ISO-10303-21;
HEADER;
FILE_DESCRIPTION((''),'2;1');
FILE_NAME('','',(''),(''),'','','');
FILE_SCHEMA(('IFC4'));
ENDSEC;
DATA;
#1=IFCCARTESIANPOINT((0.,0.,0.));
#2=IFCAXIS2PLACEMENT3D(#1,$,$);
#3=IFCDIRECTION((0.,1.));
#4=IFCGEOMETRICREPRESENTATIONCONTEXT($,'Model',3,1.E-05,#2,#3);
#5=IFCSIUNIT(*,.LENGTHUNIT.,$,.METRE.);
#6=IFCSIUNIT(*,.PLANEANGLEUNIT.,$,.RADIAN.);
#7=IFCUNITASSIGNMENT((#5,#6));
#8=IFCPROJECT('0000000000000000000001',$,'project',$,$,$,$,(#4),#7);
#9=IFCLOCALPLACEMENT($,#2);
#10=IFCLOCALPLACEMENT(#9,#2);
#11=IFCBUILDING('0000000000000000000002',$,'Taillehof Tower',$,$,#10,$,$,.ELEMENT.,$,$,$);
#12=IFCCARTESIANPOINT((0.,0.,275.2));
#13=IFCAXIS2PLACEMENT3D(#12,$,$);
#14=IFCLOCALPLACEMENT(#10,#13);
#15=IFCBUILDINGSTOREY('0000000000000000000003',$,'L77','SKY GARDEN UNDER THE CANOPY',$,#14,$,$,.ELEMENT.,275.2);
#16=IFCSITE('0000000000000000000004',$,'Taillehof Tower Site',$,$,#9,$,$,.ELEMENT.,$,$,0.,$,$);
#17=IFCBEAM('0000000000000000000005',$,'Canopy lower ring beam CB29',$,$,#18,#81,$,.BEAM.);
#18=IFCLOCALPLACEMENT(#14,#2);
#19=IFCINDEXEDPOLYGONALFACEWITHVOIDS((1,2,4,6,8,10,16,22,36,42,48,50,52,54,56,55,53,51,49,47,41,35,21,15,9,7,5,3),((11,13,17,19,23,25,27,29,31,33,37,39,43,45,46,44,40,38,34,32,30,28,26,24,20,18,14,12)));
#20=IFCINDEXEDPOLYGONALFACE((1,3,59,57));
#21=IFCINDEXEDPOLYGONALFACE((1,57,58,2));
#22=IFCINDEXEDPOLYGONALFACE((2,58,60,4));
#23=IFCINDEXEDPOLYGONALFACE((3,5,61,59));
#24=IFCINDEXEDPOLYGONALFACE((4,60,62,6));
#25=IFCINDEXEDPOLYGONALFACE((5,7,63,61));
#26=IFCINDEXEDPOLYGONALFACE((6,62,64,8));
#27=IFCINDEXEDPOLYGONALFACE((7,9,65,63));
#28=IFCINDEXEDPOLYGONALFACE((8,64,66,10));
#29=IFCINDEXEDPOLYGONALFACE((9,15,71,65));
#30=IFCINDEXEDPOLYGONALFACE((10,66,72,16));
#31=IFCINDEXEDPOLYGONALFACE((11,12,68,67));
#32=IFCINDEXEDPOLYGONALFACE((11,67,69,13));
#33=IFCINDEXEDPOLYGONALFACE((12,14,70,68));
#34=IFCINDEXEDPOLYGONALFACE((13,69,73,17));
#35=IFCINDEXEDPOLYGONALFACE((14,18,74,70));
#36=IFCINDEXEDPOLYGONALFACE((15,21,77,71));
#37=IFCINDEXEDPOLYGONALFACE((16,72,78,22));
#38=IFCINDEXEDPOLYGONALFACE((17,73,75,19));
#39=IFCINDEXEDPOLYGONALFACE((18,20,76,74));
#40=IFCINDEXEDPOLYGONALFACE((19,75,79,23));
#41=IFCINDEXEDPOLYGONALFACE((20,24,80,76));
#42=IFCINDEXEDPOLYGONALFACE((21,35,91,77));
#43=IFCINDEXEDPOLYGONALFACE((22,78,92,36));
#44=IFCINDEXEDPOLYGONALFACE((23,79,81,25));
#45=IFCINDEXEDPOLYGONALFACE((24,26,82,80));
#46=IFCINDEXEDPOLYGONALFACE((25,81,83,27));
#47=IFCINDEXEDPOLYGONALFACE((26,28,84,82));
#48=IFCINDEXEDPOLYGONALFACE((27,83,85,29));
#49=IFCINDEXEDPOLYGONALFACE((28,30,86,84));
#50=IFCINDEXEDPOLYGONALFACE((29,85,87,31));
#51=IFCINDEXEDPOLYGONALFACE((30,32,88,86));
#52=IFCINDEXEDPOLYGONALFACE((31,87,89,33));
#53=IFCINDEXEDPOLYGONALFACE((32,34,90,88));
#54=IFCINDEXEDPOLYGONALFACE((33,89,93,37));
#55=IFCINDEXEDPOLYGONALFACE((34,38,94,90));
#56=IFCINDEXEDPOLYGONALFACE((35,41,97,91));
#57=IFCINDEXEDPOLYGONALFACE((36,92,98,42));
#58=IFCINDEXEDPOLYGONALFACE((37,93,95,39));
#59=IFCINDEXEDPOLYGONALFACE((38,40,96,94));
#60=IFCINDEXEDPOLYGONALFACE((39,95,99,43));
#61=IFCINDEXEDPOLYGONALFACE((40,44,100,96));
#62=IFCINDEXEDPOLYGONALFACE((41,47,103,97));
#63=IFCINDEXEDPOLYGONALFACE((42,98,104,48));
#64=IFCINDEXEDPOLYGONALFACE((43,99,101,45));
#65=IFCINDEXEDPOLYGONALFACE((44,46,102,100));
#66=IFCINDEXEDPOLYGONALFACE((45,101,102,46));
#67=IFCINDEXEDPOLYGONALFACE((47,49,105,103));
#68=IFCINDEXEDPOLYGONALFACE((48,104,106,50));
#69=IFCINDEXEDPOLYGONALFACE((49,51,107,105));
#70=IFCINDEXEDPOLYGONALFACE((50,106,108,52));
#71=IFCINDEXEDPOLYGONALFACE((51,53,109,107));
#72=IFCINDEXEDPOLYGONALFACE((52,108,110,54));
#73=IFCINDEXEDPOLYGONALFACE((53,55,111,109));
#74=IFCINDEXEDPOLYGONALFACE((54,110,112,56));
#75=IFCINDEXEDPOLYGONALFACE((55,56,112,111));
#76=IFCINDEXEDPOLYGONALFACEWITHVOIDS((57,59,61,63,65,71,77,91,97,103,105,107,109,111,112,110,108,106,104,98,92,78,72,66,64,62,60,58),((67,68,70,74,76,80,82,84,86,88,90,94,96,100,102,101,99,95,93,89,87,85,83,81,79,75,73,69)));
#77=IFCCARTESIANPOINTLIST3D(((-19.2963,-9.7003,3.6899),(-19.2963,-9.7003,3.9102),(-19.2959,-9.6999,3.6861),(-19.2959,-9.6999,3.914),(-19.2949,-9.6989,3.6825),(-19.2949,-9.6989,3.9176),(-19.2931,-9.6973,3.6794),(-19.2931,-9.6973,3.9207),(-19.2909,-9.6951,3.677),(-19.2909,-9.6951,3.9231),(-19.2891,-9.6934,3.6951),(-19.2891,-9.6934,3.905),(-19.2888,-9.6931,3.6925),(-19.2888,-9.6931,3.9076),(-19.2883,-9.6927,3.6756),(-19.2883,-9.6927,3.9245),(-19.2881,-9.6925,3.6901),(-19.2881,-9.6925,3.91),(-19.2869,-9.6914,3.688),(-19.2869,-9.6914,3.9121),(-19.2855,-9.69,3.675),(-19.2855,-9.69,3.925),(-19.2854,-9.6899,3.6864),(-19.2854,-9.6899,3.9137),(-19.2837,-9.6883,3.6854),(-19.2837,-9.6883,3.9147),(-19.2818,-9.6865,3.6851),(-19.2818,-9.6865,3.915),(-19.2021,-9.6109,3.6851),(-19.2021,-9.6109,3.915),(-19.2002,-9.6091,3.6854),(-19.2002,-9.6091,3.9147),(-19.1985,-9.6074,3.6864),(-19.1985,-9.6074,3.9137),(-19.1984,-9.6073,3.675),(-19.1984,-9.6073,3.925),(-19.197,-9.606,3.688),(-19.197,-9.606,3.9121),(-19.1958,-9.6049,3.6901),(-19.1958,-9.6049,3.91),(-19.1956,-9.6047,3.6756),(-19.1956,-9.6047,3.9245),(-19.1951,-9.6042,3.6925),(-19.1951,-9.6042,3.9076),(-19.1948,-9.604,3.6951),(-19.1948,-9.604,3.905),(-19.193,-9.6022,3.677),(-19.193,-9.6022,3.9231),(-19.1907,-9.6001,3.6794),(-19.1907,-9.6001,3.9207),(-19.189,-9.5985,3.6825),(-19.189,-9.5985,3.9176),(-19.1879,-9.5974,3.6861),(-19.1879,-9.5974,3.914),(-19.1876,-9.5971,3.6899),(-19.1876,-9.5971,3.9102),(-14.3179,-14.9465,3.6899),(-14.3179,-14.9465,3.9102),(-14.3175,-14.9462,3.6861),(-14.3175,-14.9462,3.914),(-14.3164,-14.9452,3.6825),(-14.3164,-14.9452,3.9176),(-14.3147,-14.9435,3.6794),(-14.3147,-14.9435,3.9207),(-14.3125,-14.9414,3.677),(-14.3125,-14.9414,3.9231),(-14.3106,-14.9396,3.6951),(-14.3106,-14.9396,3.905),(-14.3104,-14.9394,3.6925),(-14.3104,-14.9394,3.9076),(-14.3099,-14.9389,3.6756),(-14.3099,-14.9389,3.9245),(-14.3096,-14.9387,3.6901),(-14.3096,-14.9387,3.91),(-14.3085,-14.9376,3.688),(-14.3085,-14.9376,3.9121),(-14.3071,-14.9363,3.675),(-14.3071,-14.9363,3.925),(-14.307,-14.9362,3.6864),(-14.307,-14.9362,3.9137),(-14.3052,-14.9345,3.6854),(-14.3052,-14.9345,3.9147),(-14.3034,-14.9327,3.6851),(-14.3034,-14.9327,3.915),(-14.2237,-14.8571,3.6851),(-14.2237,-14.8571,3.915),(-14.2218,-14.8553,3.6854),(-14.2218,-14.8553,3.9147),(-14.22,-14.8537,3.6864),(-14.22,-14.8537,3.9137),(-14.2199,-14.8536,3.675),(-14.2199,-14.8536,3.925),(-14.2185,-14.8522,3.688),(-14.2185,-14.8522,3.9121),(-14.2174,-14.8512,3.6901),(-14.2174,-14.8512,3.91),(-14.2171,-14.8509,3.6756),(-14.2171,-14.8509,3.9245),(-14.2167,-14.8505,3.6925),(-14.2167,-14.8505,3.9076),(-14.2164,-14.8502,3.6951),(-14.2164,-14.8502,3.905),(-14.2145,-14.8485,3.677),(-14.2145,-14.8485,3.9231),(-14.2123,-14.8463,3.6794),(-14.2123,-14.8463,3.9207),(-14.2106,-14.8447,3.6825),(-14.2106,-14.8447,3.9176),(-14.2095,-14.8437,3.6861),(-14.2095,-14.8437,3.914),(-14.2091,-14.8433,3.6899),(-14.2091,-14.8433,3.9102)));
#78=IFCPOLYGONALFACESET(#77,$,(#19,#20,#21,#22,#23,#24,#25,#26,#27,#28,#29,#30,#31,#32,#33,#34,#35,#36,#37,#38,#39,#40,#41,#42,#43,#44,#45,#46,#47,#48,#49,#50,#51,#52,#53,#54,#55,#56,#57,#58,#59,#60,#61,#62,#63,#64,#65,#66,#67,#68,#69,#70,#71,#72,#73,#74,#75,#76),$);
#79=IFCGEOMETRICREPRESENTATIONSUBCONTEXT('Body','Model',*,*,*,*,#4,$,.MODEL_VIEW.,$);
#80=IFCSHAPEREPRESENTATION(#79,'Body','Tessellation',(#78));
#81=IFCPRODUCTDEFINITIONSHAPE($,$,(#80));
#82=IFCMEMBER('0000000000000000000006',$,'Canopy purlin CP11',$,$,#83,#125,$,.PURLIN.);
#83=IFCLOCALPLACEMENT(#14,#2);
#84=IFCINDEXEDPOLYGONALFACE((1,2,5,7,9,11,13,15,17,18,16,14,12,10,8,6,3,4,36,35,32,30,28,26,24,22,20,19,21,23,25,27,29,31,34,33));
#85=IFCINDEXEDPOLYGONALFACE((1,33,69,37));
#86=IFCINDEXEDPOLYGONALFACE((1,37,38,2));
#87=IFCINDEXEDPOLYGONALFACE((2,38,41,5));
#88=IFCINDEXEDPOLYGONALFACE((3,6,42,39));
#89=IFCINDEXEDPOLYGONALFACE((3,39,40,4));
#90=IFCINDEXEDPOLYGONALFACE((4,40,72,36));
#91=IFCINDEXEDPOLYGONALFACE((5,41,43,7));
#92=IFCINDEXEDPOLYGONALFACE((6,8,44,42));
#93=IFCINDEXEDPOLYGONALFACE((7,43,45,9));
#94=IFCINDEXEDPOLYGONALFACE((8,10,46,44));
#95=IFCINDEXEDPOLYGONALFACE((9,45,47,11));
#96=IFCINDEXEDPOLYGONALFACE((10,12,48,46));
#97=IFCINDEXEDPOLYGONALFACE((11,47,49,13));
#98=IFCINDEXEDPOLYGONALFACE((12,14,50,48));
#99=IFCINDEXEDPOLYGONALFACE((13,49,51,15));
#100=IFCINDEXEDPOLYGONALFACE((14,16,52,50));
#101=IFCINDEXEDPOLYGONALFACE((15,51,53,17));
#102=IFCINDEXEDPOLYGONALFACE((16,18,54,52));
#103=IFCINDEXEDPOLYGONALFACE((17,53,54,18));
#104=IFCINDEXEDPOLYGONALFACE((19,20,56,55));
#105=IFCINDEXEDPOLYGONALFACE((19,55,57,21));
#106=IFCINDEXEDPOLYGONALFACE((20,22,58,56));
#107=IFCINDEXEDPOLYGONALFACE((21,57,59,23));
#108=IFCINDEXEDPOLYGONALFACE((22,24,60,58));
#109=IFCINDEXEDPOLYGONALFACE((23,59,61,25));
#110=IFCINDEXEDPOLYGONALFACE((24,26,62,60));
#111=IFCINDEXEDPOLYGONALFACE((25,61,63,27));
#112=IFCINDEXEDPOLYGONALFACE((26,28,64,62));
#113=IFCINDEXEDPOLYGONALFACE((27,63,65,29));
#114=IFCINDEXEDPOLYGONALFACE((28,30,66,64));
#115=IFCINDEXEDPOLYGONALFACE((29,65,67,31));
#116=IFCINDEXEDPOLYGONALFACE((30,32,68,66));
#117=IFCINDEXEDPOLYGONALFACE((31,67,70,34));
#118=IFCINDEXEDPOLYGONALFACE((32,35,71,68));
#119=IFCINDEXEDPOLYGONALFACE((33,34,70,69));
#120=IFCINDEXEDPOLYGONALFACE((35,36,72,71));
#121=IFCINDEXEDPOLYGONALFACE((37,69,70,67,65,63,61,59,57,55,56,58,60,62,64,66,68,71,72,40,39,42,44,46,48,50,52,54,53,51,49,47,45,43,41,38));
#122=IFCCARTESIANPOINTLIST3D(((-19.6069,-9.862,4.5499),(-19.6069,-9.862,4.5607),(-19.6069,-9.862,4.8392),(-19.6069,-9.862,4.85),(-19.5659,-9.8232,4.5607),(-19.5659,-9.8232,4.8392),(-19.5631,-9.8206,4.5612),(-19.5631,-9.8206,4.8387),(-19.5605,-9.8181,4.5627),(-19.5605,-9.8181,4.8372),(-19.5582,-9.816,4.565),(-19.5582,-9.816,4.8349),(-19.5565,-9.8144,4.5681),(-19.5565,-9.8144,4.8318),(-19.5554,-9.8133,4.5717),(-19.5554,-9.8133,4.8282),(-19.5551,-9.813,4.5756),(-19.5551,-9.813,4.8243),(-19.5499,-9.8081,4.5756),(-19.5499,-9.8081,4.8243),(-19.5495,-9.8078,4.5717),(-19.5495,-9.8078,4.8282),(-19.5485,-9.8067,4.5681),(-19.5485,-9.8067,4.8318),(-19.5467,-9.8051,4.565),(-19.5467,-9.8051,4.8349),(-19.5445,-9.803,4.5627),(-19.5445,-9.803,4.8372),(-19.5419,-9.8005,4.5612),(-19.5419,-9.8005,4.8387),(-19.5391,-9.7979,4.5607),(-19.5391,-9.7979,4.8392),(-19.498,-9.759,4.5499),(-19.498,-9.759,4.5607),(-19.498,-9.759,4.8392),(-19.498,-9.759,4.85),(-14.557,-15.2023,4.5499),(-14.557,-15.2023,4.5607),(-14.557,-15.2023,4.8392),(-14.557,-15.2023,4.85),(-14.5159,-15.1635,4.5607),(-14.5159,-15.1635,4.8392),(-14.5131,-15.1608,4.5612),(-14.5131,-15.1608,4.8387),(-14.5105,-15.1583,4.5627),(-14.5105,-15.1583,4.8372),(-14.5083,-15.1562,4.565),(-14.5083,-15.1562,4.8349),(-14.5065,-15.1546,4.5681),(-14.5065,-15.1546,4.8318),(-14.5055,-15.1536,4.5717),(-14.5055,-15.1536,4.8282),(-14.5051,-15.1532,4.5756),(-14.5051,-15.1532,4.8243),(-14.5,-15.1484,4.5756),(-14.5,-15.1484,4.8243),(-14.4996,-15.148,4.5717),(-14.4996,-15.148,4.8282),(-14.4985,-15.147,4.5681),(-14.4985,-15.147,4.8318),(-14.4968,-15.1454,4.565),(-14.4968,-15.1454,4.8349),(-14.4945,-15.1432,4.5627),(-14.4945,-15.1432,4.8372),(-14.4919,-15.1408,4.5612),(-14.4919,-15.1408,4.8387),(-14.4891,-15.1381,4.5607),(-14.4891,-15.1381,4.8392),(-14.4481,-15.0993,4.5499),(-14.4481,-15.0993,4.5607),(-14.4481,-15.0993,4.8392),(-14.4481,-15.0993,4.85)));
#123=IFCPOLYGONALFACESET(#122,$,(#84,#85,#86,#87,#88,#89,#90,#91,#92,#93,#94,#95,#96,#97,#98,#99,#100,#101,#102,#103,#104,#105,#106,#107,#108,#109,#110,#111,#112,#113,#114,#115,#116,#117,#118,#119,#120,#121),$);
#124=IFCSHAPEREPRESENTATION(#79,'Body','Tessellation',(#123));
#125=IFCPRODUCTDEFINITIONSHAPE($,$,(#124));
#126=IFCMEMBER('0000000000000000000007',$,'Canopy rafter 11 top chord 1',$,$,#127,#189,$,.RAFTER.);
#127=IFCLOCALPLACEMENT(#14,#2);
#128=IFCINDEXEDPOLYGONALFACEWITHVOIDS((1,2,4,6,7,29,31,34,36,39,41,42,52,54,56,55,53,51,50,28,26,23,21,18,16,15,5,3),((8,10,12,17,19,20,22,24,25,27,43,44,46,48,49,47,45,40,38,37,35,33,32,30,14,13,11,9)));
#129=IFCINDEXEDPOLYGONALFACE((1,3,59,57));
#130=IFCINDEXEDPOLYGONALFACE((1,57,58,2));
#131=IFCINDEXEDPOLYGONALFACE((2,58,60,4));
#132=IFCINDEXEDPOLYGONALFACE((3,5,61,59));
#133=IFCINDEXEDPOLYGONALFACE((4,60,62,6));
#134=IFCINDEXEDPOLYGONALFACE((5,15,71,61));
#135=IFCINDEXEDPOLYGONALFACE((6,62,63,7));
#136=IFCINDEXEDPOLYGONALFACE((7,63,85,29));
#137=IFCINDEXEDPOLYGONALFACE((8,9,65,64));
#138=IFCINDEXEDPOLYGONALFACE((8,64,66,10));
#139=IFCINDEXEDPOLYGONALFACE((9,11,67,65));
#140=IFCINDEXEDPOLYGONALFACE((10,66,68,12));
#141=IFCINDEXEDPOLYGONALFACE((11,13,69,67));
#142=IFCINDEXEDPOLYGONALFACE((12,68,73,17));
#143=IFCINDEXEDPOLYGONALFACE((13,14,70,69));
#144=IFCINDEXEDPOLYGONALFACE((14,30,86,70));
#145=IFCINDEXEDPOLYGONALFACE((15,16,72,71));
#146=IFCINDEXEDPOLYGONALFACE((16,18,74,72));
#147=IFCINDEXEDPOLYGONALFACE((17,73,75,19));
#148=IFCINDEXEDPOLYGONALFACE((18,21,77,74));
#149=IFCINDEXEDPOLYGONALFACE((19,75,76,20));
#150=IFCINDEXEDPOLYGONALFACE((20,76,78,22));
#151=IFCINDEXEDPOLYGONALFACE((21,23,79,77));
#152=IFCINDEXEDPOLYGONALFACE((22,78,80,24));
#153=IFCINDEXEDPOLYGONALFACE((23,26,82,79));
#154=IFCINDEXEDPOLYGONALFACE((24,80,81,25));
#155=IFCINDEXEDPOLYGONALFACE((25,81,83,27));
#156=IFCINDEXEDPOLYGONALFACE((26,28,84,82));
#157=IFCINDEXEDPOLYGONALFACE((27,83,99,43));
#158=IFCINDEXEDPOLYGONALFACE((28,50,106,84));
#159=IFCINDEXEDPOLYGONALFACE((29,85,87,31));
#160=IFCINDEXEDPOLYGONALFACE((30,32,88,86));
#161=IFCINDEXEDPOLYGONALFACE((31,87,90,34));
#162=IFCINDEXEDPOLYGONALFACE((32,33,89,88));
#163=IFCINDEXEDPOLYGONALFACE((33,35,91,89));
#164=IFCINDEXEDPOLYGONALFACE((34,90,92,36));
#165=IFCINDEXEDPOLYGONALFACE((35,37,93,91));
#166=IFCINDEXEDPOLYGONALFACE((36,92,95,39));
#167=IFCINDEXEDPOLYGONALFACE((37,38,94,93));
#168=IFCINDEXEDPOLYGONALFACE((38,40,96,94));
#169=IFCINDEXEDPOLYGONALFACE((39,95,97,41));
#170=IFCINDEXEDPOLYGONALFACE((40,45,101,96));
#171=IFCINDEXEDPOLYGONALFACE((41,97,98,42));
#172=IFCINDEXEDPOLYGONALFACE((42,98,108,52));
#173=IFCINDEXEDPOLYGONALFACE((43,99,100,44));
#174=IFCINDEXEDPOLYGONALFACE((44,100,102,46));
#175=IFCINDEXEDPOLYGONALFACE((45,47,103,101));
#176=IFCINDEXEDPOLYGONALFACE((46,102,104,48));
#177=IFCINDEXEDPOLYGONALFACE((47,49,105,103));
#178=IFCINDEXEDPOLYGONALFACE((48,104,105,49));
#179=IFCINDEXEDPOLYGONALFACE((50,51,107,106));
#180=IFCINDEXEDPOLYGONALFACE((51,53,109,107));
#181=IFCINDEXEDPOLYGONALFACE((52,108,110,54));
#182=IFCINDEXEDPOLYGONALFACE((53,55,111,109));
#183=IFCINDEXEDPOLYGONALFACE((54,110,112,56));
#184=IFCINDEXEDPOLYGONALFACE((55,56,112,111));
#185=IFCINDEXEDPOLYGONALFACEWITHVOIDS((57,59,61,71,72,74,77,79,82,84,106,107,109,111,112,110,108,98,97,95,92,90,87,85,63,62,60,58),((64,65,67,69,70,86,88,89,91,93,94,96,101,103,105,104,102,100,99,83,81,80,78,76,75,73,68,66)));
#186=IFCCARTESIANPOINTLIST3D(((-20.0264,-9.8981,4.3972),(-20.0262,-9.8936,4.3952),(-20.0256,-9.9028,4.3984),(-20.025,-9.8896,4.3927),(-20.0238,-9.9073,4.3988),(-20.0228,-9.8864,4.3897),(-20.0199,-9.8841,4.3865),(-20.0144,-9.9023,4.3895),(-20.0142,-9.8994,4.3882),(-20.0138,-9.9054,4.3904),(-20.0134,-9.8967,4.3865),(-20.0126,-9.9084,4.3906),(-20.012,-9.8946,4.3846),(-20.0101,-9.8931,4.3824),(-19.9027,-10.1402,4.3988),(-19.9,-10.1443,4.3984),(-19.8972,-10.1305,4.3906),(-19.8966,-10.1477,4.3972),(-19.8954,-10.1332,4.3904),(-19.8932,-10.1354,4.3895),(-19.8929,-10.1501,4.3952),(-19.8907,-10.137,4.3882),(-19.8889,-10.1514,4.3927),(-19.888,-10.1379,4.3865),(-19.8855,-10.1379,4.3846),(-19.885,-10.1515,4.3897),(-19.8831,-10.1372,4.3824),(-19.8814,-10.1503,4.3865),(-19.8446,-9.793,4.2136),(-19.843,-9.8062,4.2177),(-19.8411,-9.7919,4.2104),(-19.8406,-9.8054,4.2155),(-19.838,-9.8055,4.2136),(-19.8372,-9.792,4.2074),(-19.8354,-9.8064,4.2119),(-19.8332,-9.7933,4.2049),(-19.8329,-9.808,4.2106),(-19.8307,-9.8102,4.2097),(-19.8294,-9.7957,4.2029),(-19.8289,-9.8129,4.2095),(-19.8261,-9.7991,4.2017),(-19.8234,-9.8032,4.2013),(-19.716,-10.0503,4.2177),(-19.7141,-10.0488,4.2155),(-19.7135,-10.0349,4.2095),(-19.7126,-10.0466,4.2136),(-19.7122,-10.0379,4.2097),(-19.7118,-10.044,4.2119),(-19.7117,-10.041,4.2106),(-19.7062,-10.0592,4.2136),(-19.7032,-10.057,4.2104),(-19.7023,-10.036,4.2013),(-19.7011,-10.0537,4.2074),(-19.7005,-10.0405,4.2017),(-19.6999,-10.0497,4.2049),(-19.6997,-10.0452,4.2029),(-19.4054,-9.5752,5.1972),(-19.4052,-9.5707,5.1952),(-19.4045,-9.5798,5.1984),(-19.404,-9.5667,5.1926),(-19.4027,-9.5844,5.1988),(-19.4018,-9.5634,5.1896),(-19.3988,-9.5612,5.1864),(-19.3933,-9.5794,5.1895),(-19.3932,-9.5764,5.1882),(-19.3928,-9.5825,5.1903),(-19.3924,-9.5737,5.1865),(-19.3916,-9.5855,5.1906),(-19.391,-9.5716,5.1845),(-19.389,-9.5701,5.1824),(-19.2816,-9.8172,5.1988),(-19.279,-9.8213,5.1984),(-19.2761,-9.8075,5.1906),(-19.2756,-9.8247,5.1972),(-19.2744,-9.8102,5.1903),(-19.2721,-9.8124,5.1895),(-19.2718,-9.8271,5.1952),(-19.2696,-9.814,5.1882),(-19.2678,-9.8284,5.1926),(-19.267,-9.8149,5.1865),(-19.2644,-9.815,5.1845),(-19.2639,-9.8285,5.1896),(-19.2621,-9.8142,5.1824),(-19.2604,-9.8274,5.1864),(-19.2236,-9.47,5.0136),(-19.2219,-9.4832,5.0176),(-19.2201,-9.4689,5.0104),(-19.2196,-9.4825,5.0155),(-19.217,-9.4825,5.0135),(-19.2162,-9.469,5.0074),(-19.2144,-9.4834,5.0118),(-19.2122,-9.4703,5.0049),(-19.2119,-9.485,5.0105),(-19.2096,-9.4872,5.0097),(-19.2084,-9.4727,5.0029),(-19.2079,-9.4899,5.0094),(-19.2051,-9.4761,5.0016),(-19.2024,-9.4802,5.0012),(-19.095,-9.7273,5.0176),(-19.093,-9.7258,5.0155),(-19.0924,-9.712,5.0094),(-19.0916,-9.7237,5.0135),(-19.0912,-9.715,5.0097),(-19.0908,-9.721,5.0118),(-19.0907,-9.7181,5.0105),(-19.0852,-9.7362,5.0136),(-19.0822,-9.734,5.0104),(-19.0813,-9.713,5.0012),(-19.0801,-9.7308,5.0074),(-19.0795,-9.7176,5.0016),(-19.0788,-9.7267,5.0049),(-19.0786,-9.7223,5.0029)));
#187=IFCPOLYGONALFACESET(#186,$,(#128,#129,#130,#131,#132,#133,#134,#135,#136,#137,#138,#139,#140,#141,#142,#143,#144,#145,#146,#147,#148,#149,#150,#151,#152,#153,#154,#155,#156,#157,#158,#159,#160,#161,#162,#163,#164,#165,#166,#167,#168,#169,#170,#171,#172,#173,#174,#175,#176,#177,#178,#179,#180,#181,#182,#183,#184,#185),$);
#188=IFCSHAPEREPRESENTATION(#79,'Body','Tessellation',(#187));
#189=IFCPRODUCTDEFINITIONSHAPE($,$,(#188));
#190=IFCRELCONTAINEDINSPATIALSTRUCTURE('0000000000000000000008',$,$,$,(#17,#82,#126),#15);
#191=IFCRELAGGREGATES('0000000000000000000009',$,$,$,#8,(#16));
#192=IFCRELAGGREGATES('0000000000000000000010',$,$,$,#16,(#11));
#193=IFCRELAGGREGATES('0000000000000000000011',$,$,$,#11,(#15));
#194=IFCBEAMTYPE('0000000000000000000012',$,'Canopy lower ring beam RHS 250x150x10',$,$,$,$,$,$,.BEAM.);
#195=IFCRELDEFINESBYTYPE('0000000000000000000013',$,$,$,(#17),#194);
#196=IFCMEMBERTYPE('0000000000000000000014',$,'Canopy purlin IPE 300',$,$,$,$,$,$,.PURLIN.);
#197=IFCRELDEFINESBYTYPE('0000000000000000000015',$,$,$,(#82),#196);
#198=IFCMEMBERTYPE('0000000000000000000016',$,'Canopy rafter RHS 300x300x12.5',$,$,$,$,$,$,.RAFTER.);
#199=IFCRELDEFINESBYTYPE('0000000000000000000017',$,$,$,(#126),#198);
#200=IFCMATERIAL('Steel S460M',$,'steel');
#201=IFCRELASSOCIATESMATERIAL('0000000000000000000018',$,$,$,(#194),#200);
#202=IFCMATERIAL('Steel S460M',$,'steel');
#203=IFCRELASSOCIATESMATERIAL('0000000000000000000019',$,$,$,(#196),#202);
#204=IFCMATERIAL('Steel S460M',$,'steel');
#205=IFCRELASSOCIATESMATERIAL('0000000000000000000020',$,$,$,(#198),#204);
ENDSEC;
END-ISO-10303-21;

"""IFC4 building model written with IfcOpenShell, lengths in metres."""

from ifc_helpers import new_model, si_unit, direction, frame, origin, origin_2d, place, context, subcontext, project, spatial, hollow_rectangle, i_section, extrude, material, material_profile, profile_set, type_object, element, save


model = new_model("IFC4")

# Units and contexts
model_context = context("Model", 3, precision=1e-05, world=origin(), true_north=direction((0.0, 1.0)))
body_context = subcontext(model_context, "Body", "Model", "MODEL_VIEW")
ifc_project = project(units=[si_unit("LENGTHUNIT", "METRE"), si_unit("PLANEANGLEUNIT", "RADIAN")], contexts=[model_context])

# Site, building, storey
site_placement = place(None, origin())
site = spatial("IfcSite", under=ifc_project, at=site_placement, Name="Taillehof Tower Site", CompositionType="ELEMENT", RefElevation=0.0)
building_placement = place(site_placement, origin())
building = spatial("IfcBuilding", under=site, at=building_placement, Name="Taillehof Tower", CompositionType="ELEMENT")
storey_placement = place(building_placement, frame((0.0, 0.0, 275.2)))
storey = spatial("IfcBuildingStorey", under=building, at=storey_placement, Name="L77", Description="SKY GARDEN UNDER THE CANOPY", CompositionType="ELEMENT", Elevation=275.2)

# Beam
ifc_material_1 = material(Name="Steel S460M", Category="steel")
ifc_material_profile_1 = material_profile(ifc_material_1, hollow_rectangle(XDim=0.1499, YDim=0.25, WallThickness=0.01, InnerFilletRadius=0.01, OuterFilletRadius=0.0149, at=origin_2d()), Name="RHS 250x150x10")
ifc_profile_set_1 = profile_set([ifc_material_profile_1], Name="Steel S460M")
beam_type_1 = type_object("IfcBeamType", Name="Canopy lower ring beam RHS 250x150x10", PredefinedType="BEAM", material=ifc_profile_set_1)
beam_1_placement = place(storey_placement, frame((-19.2419, -9.6487, 3.8), z_axis=(0.688349, -0.725379, 0.0), x_axis=(0.725379, 0.688349, 0.0)))
element("IfcBeam", 1, at=beam_1_placement, inside=storey, type_object=beam_type_1, Name="Canopy lower ring beam CB29", PredefinedType="BEAM", context=body_context, shape_type="SweptSolid", body=[
    extrude(hollow_rectangle(XDim=0.1499, YDim=0.25, WallThickness=0.01, InnerFilletRadius=0.01, OuterFilletRadius=0.0149, at=origin_2d()), origin(), (0.0, 0.0, 1.0), 7.2324),
])

# Members
ifc_material_2 = material(Name="Steel S460M", Category="steel")
ifc_material_profile_2 = material_profile(ifc_material_2, i_section(OverallWidth=0.1499, OverallDepth=0.3, WebThickness=0.0071, FlangeThickness=0.0107, FilletRadius=0.0149, at=origin_2d()), Name="IPE 300")
ifc_profile_set_2 = profile_set([ifc_material_profile_2], Name="Steel S460M")
member_type_1 = type_object("IfcMemberType", Name="Canopy purlin IPE 300", PredefinedType="PURLIN", material=ifc_profile_set_2)
member_1_placement = place(storey_placement, frame((-19.5525, -9.8105, 4.7), z_axis=(0.687084, -0.726578, 0.0), x_axis=(0.726578, 0.687084, 0.0)))
element("IfcMember", 2, at=member_1_placement, inside=storey, type_object=member_type_1, Name="Canopy purlin CP11", PredefinedType="PURLIN", context=body_context, shape_type="SweptSolid", body=[
    extrude(i_section(OverallWidth=0.1499, OverallDepth=0.3, WebThickness=0.0071, FlangeThickness=0.0107, FilletRadius=0.0149, at=origin_2d()), origin(), (0.0, 0.0, 1.0), 7.3499),
])
ifc_material_3 = material(Name="Steel S460M", Category="steel")
ifc_material_profile_3 = material_profile(ifc_material_3, hollow_rectangle(XDim=0.3, YDim=0.3, WallThickness=0.0125, InnerFilletRadius=0.0125, OuterFilletRadius=0.0188, at=origin_2d()), Name="RHS 300x300x12.5")
ifc_profile_set_3 = profile_set([ifc_material_profile_3], Name="Steel S460M")
member_type_2 = type_object("IfcMemberType", Name="Canopy rafter RHS 300x300x12.5", PredefinedType="RAFTER", material=ifc_profile_set_3)
member_2_placement = place(storey_placement, frame((-19.863, -9.9717, 4.3), z_axis=(0.584234, 0.303829, 0.752568), x_axis=(-0.461386, 0.8872, 0.0)))
element("IfcMember", 3, at=member_2_placement, inside=storey, type_object=member_type_2, Name="Canopy rafter 11 top chord 1", PredefinedType="RAFTER", context=body_context, shape_type="SweptSolid", body=[
    extrude(hollow_rectangle(XDim=0.3, YDim=0.3, WallThickness=0.0125, InnerFilletRadius=0.0125, OuterFilletRadius=0.0188, at=origin_2d()), origin(), (0.0, 0.0, 1.0), 1.063),
])

save(model, "model.ifc")
